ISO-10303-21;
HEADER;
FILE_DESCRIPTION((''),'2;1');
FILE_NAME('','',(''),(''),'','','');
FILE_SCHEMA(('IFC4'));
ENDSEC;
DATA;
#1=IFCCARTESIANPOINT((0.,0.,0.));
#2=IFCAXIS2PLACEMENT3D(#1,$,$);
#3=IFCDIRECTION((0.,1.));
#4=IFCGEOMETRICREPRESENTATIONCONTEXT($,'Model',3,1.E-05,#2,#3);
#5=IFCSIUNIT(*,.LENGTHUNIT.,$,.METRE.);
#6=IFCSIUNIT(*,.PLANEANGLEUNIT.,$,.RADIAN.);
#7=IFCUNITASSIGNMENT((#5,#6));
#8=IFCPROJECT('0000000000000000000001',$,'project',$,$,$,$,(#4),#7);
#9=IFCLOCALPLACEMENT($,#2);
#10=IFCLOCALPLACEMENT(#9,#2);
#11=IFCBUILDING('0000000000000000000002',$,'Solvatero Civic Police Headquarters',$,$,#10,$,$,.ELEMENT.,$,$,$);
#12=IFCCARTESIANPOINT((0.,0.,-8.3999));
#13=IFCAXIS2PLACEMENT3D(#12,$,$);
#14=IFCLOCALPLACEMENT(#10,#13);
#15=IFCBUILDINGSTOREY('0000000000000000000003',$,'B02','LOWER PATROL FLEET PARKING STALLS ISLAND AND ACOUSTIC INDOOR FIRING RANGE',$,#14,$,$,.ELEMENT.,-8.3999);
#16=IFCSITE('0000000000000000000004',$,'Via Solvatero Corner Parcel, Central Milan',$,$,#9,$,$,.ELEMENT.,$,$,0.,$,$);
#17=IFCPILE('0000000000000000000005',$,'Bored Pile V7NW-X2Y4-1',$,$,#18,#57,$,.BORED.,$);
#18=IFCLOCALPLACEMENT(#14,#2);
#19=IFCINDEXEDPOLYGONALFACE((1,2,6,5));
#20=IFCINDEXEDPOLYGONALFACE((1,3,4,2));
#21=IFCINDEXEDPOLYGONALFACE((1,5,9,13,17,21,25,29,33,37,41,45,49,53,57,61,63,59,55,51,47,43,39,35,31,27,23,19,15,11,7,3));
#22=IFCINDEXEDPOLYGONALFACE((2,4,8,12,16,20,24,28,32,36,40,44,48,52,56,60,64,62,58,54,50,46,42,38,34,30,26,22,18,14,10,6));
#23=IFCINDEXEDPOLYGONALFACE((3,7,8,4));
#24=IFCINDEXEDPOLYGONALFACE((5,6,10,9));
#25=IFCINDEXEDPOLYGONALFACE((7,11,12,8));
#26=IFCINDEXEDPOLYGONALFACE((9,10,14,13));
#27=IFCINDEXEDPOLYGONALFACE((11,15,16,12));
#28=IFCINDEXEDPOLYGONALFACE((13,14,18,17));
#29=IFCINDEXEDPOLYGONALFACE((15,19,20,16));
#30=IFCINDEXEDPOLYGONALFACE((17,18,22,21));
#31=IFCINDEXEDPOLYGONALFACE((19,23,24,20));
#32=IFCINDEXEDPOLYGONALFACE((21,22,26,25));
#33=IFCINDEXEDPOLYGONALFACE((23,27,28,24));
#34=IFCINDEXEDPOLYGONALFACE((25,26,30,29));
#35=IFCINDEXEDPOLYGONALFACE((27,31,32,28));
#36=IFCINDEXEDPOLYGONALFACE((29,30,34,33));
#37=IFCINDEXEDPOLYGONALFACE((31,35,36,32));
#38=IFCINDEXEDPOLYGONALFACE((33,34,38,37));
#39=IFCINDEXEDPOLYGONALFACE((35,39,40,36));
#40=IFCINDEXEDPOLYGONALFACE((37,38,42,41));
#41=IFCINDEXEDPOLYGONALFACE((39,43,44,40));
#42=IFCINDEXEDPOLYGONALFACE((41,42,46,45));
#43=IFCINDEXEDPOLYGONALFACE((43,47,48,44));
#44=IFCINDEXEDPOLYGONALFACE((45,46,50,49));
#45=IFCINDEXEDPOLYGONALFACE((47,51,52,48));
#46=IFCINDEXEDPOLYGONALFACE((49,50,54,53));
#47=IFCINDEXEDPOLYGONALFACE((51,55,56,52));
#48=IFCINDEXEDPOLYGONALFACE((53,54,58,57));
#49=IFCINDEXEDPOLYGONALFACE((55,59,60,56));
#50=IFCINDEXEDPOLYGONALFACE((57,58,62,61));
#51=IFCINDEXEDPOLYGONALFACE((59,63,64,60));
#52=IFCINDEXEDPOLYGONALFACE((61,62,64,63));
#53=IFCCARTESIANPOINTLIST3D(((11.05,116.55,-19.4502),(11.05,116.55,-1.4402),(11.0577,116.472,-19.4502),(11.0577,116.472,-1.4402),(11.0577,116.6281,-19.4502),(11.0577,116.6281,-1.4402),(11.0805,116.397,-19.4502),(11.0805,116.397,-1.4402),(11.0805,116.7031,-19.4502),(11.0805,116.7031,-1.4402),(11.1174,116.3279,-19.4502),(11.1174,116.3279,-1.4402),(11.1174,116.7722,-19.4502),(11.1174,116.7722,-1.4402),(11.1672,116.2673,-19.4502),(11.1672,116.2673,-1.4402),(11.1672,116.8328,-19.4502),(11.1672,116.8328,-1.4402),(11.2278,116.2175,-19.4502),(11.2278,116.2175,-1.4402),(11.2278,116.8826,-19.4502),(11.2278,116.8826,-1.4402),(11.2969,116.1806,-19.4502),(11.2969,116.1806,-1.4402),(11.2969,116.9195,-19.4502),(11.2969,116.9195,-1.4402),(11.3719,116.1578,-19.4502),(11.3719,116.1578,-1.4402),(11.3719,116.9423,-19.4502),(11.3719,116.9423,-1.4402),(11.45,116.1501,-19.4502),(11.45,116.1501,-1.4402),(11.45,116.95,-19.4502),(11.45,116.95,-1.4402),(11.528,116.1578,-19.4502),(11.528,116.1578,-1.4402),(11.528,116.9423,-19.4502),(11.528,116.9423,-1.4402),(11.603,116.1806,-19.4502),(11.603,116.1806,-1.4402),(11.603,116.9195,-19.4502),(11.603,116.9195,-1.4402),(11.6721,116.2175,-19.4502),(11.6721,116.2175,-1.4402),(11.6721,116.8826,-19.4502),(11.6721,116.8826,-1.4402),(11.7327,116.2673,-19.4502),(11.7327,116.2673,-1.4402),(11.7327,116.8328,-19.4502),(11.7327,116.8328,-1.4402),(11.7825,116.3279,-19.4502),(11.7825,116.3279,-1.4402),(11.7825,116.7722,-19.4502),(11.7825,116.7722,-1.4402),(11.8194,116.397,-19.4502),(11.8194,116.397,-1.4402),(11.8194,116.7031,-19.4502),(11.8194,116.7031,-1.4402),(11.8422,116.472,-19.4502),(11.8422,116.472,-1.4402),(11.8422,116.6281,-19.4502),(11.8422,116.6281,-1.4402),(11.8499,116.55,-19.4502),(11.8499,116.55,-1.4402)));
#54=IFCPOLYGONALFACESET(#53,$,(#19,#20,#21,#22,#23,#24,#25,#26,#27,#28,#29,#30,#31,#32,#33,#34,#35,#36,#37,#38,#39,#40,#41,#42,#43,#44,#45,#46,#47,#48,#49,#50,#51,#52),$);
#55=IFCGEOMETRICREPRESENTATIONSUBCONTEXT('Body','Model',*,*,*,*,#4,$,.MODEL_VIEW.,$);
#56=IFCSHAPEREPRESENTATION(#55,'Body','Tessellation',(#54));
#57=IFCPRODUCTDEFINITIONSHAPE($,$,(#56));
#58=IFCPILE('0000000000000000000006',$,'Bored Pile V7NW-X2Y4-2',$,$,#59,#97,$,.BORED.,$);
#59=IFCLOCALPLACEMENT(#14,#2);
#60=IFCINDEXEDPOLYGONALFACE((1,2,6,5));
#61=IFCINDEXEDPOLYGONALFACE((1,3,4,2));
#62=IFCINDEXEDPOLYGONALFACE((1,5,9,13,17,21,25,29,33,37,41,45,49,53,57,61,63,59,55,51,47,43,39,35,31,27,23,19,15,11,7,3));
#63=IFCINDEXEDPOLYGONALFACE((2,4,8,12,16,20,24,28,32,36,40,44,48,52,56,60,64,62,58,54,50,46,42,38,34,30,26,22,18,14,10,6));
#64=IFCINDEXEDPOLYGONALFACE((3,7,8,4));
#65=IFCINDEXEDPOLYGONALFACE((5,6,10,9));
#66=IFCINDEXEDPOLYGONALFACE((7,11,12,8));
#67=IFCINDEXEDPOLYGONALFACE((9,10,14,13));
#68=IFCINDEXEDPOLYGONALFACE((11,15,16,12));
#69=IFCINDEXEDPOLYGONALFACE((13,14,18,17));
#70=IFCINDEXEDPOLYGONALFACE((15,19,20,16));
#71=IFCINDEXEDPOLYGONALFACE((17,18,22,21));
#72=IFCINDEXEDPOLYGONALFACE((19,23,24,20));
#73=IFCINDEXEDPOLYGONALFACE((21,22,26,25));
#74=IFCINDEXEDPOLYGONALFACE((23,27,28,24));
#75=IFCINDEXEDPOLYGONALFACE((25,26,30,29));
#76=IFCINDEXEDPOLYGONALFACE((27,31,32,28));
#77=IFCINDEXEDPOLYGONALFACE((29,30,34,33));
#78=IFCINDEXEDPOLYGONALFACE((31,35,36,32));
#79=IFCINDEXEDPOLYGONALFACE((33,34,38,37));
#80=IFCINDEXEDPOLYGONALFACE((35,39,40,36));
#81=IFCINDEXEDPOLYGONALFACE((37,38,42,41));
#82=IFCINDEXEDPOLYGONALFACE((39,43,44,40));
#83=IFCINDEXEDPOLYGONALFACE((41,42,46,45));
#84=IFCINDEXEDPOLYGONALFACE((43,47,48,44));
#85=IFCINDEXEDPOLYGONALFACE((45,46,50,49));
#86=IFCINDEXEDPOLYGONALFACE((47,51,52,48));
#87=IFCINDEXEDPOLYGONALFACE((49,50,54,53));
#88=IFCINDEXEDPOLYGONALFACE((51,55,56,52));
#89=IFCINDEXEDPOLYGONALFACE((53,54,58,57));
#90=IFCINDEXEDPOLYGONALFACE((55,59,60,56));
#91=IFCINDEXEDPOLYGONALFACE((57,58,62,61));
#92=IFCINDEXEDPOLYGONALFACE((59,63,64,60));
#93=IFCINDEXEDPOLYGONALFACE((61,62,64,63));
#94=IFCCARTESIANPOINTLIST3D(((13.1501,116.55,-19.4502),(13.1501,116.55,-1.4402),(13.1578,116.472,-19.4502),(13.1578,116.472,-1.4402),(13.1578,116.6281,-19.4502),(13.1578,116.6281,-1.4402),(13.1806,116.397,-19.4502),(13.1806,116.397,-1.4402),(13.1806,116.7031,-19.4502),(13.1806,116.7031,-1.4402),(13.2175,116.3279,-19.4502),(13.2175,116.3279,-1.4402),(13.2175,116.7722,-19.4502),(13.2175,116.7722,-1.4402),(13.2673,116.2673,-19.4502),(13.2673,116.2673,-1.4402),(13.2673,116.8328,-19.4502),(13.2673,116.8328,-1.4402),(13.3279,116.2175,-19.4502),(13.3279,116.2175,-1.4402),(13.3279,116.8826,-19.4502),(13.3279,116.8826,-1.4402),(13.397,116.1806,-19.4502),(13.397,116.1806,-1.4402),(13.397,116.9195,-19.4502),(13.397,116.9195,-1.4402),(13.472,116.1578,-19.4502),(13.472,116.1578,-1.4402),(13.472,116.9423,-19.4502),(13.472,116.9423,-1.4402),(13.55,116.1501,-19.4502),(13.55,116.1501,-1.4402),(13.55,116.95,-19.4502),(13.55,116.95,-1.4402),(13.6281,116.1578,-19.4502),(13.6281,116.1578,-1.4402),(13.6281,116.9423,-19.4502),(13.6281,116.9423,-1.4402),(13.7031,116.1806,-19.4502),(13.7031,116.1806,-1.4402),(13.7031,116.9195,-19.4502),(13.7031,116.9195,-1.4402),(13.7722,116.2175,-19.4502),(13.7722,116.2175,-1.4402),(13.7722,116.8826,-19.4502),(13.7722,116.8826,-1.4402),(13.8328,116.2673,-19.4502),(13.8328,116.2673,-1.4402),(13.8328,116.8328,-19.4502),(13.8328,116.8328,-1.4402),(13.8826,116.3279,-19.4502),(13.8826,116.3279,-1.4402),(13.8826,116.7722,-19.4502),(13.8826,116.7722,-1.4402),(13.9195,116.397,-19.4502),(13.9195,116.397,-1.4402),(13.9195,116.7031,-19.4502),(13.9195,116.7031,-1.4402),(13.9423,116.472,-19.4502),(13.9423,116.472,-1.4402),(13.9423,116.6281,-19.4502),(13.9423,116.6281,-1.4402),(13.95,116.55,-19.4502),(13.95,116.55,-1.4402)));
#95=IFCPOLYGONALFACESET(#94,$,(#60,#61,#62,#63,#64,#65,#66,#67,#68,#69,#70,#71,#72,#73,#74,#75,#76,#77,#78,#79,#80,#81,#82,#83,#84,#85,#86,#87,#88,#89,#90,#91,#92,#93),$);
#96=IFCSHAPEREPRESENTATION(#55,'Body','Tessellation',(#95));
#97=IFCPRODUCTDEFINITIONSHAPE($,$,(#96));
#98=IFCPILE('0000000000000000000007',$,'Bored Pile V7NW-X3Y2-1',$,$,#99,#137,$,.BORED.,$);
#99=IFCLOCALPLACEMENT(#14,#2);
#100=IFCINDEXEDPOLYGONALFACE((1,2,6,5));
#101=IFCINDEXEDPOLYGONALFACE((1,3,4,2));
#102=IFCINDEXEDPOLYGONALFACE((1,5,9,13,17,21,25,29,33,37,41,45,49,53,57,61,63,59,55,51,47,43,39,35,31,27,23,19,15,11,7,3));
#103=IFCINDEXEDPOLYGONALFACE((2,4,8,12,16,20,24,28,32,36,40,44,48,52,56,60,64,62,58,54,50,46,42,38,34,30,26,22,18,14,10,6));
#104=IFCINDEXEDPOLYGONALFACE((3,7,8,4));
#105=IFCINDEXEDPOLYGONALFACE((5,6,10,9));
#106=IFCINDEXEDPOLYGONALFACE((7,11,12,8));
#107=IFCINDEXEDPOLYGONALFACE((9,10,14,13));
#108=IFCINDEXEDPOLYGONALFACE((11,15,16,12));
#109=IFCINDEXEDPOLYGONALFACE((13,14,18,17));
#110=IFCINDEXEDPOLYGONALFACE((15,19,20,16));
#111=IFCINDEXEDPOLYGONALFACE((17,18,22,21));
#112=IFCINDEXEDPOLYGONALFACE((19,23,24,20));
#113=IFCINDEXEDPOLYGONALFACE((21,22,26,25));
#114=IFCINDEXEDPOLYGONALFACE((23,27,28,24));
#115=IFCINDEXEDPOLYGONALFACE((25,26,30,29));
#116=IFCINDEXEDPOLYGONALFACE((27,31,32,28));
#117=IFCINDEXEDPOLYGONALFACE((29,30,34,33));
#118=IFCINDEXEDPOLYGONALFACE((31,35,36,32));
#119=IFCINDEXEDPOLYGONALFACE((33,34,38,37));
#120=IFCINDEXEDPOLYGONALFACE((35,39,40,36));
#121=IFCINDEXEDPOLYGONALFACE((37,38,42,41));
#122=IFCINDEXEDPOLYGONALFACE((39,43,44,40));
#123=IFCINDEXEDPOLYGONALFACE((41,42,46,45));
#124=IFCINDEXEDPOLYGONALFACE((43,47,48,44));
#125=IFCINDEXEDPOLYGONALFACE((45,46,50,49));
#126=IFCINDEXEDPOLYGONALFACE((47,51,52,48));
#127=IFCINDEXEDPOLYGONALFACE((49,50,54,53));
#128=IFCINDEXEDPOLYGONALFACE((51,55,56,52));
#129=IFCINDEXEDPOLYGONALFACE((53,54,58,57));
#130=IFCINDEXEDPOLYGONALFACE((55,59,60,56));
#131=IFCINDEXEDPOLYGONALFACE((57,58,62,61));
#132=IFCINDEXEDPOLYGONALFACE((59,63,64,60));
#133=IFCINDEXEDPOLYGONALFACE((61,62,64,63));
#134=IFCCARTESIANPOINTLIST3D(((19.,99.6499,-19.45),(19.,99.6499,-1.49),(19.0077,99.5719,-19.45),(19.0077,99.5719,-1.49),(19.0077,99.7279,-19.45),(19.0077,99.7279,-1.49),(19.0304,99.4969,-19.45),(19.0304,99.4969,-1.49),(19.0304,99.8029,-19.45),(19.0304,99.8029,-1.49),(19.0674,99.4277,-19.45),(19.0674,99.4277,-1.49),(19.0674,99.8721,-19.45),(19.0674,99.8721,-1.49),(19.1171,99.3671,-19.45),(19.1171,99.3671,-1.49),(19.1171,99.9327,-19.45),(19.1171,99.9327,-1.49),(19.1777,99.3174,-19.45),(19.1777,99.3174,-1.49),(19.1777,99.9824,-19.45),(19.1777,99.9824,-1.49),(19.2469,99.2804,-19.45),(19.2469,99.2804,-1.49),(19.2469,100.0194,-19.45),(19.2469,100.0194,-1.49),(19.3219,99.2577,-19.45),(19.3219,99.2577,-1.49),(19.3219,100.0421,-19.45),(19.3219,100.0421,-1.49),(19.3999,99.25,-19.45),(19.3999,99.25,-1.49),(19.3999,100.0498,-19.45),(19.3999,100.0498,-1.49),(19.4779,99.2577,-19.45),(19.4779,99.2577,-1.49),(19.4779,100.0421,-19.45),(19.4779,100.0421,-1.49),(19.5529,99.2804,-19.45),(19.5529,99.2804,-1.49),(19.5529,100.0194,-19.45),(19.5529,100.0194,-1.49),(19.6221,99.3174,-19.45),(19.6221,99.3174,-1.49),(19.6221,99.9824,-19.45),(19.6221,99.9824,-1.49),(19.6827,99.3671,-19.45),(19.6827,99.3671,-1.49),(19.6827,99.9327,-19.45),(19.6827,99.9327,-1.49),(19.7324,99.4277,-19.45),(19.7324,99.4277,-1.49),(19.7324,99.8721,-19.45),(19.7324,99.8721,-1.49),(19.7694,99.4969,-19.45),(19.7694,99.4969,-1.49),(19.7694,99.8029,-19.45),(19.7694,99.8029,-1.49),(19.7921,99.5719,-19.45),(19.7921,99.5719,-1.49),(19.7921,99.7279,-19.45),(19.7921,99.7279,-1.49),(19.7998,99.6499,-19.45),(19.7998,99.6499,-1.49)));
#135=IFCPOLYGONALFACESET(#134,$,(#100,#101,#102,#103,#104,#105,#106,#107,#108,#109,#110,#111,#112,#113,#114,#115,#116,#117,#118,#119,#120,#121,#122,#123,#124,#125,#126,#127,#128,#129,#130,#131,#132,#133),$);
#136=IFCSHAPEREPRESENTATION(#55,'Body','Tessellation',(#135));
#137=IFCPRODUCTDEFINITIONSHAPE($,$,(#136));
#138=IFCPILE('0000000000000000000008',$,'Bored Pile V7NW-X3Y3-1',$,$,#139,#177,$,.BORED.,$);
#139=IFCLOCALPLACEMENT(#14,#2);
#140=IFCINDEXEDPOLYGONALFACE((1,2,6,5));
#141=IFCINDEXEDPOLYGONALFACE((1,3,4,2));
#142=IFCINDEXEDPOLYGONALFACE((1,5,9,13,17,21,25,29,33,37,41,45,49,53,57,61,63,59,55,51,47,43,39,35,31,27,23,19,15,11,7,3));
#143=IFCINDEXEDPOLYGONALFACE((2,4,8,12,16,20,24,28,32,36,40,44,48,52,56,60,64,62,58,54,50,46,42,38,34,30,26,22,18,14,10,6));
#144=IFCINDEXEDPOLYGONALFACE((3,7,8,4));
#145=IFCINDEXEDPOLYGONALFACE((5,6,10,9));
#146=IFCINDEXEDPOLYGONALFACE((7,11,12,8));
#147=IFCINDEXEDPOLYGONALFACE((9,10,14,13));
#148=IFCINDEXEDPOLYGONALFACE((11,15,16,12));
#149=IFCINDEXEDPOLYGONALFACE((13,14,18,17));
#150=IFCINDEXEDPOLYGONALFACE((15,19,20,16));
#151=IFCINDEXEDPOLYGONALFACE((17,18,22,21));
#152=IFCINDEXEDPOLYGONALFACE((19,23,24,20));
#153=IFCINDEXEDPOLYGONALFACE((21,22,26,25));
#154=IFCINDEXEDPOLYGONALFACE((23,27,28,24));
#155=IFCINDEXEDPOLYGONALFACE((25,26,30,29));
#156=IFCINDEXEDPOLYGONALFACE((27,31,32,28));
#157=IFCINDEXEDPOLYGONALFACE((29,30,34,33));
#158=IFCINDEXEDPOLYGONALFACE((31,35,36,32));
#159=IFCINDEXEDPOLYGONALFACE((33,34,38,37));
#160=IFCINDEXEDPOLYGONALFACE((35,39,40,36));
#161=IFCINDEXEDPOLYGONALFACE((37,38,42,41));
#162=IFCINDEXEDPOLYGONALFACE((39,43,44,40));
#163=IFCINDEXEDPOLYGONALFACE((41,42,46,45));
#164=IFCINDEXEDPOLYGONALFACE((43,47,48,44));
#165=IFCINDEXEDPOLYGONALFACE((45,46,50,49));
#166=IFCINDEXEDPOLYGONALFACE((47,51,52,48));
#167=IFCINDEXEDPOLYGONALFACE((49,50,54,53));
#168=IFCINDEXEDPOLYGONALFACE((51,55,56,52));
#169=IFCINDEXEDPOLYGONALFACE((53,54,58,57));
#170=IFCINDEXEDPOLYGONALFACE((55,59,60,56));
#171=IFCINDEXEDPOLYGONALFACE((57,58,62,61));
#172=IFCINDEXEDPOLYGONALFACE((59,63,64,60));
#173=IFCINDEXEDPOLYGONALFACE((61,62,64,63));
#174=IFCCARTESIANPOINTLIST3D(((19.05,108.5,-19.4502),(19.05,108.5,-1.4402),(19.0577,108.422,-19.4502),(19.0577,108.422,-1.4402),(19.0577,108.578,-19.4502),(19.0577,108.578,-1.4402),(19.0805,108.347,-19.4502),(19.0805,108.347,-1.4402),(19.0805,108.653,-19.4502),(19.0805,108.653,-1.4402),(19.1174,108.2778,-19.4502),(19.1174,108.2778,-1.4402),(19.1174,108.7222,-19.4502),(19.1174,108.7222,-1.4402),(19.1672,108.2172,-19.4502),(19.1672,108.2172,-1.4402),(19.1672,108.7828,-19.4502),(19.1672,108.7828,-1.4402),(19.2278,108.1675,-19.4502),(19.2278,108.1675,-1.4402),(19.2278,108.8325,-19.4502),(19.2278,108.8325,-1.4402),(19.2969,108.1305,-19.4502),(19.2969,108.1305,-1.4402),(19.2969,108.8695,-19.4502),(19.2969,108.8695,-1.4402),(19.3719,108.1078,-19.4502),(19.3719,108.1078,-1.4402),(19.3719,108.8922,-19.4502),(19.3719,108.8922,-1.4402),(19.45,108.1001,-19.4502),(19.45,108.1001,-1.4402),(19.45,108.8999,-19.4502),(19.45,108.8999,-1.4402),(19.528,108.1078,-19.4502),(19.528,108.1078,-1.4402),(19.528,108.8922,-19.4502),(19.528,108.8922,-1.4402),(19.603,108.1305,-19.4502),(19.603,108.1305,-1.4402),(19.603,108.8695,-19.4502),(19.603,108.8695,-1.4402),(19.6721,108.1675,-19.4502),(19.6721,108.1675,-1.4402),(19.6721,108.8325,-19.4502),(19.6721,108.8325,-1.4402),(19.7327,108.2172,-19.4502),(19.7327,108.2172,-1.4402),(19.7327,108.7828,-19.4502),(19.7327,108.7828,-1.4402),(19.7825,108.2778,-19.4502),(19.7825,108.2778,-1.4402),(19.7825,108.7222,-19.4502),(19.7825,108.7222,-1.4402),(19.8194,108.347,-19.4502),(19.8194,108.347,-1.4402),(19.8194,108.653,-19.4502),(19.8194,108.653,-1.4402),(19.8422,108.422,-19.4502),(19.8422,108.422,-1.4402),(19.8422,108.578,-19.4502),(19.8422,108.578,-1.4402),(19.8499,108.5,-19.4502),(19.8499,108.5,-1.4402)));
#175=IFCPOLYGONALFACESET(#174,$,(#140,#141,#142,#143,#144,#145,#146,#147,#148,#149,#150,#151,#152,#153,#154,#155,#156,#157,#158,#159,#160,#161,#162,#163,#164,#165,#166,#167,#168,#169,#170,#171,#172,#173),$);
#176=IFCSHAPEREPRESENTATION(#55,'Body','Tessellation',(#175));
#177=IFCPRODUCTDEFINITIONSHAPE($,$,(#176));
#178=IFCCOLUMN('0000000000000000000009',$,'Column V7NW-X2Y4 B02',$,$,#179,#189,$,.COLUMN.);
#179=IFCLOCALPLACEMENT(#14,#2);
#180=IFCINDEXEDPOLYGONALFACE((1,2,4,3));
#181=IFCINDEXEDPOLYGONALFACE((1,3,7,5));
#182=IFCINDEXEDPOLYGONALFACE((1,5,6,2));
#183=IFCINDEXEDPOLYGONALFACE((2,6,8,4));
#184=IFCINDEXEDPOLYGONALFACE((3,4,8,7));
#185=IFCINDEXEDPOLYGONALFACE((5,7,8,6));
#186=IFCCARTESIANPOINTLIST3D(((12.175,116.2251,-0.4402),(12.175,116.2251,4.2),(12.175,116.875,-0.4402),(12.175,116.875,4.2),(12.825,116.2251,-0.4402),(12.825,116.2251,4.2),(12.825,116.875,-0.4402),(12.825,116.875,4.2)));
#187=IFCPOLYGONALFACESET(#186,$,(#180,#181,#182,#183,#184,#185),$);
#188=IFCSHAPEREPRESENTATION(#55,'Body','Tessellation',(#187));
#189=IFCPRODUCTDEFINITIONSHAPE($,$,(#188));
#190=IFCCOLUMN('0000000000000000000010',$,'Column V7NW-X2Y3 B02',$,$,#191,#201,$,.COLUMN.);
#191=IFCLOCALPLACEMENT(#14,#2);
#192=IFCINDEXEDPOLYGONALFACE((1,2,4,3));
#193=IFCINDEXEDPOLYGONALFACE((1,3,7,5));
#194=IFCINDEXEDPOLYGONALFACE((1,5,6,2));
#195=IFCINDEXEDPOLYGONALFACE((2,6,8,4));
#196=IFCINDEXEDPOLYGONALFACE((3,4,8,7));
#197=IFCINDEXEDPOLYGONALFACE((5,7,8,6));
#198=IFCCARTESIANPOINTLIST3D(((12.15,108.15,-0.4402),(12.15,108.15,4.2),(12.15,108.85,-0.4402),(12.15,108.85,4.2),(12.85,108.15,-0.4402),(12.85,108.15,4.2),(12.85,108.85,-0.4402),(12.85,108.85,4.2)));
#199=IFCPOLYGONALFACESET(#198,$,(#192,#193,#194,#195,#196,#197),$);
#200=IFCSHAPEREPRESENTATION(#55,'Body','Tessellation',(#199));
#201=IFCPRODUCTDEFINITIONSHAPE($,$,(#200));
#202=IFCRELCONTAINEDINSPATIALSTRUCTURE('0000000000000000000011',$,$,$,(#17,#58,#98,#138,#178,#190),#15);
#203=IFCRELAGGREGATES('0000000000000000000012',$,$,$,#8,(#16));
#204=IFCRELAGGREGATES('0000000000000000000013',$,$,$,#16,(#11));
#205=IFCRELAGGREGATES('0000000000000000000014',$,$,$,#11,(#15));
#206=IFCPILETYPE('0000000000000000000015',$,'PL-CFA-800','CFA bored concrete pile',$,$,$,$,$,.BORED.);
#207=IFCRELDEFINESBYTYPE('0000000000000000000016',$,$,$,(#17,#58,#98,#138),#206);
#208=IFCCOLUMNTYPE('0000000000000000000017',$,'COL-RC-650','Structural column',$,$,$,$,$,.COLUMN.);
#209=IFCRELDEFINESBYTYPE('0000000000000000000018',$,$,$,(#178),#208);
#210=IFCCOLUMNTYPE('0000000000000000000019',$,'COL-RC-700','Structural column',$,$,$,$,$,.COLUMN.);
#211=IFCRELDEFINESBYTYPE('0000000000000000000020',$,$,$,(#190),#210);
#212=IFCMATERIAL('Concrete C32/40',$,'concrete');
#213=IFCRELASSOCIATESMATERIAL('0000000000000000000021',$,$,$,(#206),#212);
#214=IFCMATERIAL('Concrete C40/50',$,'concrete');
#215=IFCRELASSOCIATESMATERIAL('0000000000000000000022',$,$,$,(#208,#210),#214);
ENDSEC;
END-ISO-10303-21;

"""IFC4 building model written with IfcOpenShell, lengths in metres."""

from ifc_helpers import new_model, si_unit, direction, frame, origin, origin_2d, place, context, subcontext, project, spatial, rectangle, circle, extrude, material, material_profile, profile_set, type_object, element, save


model = new_model("IFC4")

# Units and contexts
model_context = context("Model", 3, precision=1e-05, world=origin(), true_north=direction((0.0, 1.0)))
body_context = subcontext(model_context, "Body", "Model", "MODEL_VIEW")
ifc_project = project(units=[si_unit("LENGTHUNIT", "METRE"), si_unit("PLANEANGLEUNIT", "RADIAN")], contexts=[model_context])

# Site, building, storey
site_placement = place(None, origin())
site = spatial("IfcSite", under=ifc_project, at=site_placement, Name="Via Solvatero Corner Parcel, Central Milan", CompositionType="ELEMENT", RefElevation=0.0)
building_placement = place(site_placement, origin())
building = spatial("IfcBuilding", under=site, at=building_placement, Name="Solvatero Civic Police Headquarters", CompositionType="ELEMENT")
storey_placement = place(building_placement, frame((0.0, 0.0, -8.3999)))
storey = spatial("IfcBuildingStorey", under=building, at=storey_placement, Name="B02", Description="LOWER PATROL FLEET PARKING STALLS ISLAND AND ACOUSTIC INDOOR FIRING RANGE", CompositionType="ELEMENT", Elevation=-8.3999)

# Piles
ifc_material_1 = material(Name="Concrete C32/40", Category="concrete")
ifc_material_profile_1 = material_profile(ifc_material_1, circle(Radius=0.3999, at=origin_2d()), Name="CFA PILE D800")
ifc_profile_set_1 = profile_set([ifc_material_profile_1], Name="Concrete C32/40")
pile_type = type_object("IfcPileType", Name="PL-CFA-800", Description="CFA bored concrete pile", PredefinedType="BORED", material=ifc_profile_set_1)
for number, where, z_axis, x_axis, name in (
    (1, (11.45, 116.55, -1.4402), (0.0, 0.0, -1.0), (1.0, 0.0, 0.0), "Bored Pile V7NW-X2Y4-1"),
    (2, (13.55, 116.55, -1.4402), (0.0, 0.0, -1.0), (1.0, 0.0, 0.0), "Bored Pile V7NW-X2Y4-2"),
):
    element("IfcPile", number, at=place(storey_placement, frame(where, z_axis=z_axis, x_axis=x_axis)), inside=storey, type_object=pile_type, Name=name, PredefinedType="BORED", context=body_context, shape_type="SweptSolid", body=[
        extrude(circle(Radius=0.3999, at=origin_2d()), origin(), (0.0, 0.0, 1.0), 18.01),
    ])
pile_1_placement = place(storey_placement, frame((19.3999, 99.6499, -1.49), z_axis=(0.0, 0.0, -1.0), x_axis=(1.0, 0.0, 0.0)))
element("IfcPile", 3, at=pile_1_placement, inside=storey, type_object=pile_type, Name="Bored Pile V7NW-X3Y2-1", PredefinedType="BORED", context=body_context, shape_type="SweptSolid", body=[
    extrude(circle(Radius=0.3999, at=origin_2d()), origin(), (0.0, 0.0, 1.0), 17.96),
])
pile_2_placement = place(storey_placement, frame((19.45, 108.5, -1.4402), z_axis=(0.0, 0.0, -1.0), x_axis=(1.0, 0.0, 0.0)))
element("IfcPile", 4, at=pile_2_placement, inside=storey, type_object=pile_type, Name="Bored Pile V7NW-X3Y3-1", PredefinedType="BORED", context=body_context, shape_type="SweptSolid", body=[
    extrude(circle(Radius=0.3999, at=origin_2d()), origin(), (0.0, 0.0, 1.0), 18.01),
])

# Columns
ifc_material_2 = material(Name="Concrete C40/50", Category="concrete")
ifc_material_profile_2 = material_profile(ifc_material_2, rectangle(XDim=0.6499, YDim=0.6499, at=origin_2d()), Name="RC 650x650")
ifc_profile_set_2 = profile_set([ifc_material_profile_2], Name="Concrete C40/50")
column_type_1 = type_object("IfcColumnType", Name="COL-RC-650", Description="Structural column", PredefinedType="COLUMN", material=ifc_profile_set_2)
column_1_placement = place(storey_placement, frame((12.5, 116.55, -0.4402), z_axis=(0.0, 0.0, 1.0), x_axis=(1.0, 0.0, 0.0)))
element("IfcColumn", 5, at=column_1_placement, inside=storey, type_object=column_type_1, Name="Column V7NW-X2Y4 B02", PredefinedType="COLUMN", context=body_context, shape_type="SweptSolid", body=[
    extrude(rectangle(XDim=0.6499, YDim=0.6499, at=origin_2d()), origin(), (0.0, 0.0, 1.0), 4.6401),
])
ifc_material_profile_3 = material_profile(ifc_material_2, rectangle(XDim=0.7, YDim=0.7, at=origin_2d()), Name="RC 700x700")
ifc_profile_set_3 = profile_set([ifc_material_profile_3], Name="Concrete C40/50")
column_type_2 = type_object("IfcColumnType", Name="COL-RC-700", Description="Structural column", PredefinedType="COLUMN", material=ifc_profile_set_3)
column_2_placement = place(storey_placement, frame((12.5, 108.5, -0.4402), z_axis=(0.0, 0.0, 1.0), x_axis=(1.0, 0.0, 0.0)))
element("IfcColumn", 6, at=column_2_placement, inside=storey, type_object=column_type_2, Name="Column V7NW-X2Y3 B02", PredefinedType="COLUMN", context=body_context, shape_type="SweptSolid", body=[
    extrude(rectangle(XDim=0.7, YDim=0.7, at=origin_2d()), origin(), (0.0, 0.0, 1.0), 4.6401),
])

save(model, "model.ifc")
